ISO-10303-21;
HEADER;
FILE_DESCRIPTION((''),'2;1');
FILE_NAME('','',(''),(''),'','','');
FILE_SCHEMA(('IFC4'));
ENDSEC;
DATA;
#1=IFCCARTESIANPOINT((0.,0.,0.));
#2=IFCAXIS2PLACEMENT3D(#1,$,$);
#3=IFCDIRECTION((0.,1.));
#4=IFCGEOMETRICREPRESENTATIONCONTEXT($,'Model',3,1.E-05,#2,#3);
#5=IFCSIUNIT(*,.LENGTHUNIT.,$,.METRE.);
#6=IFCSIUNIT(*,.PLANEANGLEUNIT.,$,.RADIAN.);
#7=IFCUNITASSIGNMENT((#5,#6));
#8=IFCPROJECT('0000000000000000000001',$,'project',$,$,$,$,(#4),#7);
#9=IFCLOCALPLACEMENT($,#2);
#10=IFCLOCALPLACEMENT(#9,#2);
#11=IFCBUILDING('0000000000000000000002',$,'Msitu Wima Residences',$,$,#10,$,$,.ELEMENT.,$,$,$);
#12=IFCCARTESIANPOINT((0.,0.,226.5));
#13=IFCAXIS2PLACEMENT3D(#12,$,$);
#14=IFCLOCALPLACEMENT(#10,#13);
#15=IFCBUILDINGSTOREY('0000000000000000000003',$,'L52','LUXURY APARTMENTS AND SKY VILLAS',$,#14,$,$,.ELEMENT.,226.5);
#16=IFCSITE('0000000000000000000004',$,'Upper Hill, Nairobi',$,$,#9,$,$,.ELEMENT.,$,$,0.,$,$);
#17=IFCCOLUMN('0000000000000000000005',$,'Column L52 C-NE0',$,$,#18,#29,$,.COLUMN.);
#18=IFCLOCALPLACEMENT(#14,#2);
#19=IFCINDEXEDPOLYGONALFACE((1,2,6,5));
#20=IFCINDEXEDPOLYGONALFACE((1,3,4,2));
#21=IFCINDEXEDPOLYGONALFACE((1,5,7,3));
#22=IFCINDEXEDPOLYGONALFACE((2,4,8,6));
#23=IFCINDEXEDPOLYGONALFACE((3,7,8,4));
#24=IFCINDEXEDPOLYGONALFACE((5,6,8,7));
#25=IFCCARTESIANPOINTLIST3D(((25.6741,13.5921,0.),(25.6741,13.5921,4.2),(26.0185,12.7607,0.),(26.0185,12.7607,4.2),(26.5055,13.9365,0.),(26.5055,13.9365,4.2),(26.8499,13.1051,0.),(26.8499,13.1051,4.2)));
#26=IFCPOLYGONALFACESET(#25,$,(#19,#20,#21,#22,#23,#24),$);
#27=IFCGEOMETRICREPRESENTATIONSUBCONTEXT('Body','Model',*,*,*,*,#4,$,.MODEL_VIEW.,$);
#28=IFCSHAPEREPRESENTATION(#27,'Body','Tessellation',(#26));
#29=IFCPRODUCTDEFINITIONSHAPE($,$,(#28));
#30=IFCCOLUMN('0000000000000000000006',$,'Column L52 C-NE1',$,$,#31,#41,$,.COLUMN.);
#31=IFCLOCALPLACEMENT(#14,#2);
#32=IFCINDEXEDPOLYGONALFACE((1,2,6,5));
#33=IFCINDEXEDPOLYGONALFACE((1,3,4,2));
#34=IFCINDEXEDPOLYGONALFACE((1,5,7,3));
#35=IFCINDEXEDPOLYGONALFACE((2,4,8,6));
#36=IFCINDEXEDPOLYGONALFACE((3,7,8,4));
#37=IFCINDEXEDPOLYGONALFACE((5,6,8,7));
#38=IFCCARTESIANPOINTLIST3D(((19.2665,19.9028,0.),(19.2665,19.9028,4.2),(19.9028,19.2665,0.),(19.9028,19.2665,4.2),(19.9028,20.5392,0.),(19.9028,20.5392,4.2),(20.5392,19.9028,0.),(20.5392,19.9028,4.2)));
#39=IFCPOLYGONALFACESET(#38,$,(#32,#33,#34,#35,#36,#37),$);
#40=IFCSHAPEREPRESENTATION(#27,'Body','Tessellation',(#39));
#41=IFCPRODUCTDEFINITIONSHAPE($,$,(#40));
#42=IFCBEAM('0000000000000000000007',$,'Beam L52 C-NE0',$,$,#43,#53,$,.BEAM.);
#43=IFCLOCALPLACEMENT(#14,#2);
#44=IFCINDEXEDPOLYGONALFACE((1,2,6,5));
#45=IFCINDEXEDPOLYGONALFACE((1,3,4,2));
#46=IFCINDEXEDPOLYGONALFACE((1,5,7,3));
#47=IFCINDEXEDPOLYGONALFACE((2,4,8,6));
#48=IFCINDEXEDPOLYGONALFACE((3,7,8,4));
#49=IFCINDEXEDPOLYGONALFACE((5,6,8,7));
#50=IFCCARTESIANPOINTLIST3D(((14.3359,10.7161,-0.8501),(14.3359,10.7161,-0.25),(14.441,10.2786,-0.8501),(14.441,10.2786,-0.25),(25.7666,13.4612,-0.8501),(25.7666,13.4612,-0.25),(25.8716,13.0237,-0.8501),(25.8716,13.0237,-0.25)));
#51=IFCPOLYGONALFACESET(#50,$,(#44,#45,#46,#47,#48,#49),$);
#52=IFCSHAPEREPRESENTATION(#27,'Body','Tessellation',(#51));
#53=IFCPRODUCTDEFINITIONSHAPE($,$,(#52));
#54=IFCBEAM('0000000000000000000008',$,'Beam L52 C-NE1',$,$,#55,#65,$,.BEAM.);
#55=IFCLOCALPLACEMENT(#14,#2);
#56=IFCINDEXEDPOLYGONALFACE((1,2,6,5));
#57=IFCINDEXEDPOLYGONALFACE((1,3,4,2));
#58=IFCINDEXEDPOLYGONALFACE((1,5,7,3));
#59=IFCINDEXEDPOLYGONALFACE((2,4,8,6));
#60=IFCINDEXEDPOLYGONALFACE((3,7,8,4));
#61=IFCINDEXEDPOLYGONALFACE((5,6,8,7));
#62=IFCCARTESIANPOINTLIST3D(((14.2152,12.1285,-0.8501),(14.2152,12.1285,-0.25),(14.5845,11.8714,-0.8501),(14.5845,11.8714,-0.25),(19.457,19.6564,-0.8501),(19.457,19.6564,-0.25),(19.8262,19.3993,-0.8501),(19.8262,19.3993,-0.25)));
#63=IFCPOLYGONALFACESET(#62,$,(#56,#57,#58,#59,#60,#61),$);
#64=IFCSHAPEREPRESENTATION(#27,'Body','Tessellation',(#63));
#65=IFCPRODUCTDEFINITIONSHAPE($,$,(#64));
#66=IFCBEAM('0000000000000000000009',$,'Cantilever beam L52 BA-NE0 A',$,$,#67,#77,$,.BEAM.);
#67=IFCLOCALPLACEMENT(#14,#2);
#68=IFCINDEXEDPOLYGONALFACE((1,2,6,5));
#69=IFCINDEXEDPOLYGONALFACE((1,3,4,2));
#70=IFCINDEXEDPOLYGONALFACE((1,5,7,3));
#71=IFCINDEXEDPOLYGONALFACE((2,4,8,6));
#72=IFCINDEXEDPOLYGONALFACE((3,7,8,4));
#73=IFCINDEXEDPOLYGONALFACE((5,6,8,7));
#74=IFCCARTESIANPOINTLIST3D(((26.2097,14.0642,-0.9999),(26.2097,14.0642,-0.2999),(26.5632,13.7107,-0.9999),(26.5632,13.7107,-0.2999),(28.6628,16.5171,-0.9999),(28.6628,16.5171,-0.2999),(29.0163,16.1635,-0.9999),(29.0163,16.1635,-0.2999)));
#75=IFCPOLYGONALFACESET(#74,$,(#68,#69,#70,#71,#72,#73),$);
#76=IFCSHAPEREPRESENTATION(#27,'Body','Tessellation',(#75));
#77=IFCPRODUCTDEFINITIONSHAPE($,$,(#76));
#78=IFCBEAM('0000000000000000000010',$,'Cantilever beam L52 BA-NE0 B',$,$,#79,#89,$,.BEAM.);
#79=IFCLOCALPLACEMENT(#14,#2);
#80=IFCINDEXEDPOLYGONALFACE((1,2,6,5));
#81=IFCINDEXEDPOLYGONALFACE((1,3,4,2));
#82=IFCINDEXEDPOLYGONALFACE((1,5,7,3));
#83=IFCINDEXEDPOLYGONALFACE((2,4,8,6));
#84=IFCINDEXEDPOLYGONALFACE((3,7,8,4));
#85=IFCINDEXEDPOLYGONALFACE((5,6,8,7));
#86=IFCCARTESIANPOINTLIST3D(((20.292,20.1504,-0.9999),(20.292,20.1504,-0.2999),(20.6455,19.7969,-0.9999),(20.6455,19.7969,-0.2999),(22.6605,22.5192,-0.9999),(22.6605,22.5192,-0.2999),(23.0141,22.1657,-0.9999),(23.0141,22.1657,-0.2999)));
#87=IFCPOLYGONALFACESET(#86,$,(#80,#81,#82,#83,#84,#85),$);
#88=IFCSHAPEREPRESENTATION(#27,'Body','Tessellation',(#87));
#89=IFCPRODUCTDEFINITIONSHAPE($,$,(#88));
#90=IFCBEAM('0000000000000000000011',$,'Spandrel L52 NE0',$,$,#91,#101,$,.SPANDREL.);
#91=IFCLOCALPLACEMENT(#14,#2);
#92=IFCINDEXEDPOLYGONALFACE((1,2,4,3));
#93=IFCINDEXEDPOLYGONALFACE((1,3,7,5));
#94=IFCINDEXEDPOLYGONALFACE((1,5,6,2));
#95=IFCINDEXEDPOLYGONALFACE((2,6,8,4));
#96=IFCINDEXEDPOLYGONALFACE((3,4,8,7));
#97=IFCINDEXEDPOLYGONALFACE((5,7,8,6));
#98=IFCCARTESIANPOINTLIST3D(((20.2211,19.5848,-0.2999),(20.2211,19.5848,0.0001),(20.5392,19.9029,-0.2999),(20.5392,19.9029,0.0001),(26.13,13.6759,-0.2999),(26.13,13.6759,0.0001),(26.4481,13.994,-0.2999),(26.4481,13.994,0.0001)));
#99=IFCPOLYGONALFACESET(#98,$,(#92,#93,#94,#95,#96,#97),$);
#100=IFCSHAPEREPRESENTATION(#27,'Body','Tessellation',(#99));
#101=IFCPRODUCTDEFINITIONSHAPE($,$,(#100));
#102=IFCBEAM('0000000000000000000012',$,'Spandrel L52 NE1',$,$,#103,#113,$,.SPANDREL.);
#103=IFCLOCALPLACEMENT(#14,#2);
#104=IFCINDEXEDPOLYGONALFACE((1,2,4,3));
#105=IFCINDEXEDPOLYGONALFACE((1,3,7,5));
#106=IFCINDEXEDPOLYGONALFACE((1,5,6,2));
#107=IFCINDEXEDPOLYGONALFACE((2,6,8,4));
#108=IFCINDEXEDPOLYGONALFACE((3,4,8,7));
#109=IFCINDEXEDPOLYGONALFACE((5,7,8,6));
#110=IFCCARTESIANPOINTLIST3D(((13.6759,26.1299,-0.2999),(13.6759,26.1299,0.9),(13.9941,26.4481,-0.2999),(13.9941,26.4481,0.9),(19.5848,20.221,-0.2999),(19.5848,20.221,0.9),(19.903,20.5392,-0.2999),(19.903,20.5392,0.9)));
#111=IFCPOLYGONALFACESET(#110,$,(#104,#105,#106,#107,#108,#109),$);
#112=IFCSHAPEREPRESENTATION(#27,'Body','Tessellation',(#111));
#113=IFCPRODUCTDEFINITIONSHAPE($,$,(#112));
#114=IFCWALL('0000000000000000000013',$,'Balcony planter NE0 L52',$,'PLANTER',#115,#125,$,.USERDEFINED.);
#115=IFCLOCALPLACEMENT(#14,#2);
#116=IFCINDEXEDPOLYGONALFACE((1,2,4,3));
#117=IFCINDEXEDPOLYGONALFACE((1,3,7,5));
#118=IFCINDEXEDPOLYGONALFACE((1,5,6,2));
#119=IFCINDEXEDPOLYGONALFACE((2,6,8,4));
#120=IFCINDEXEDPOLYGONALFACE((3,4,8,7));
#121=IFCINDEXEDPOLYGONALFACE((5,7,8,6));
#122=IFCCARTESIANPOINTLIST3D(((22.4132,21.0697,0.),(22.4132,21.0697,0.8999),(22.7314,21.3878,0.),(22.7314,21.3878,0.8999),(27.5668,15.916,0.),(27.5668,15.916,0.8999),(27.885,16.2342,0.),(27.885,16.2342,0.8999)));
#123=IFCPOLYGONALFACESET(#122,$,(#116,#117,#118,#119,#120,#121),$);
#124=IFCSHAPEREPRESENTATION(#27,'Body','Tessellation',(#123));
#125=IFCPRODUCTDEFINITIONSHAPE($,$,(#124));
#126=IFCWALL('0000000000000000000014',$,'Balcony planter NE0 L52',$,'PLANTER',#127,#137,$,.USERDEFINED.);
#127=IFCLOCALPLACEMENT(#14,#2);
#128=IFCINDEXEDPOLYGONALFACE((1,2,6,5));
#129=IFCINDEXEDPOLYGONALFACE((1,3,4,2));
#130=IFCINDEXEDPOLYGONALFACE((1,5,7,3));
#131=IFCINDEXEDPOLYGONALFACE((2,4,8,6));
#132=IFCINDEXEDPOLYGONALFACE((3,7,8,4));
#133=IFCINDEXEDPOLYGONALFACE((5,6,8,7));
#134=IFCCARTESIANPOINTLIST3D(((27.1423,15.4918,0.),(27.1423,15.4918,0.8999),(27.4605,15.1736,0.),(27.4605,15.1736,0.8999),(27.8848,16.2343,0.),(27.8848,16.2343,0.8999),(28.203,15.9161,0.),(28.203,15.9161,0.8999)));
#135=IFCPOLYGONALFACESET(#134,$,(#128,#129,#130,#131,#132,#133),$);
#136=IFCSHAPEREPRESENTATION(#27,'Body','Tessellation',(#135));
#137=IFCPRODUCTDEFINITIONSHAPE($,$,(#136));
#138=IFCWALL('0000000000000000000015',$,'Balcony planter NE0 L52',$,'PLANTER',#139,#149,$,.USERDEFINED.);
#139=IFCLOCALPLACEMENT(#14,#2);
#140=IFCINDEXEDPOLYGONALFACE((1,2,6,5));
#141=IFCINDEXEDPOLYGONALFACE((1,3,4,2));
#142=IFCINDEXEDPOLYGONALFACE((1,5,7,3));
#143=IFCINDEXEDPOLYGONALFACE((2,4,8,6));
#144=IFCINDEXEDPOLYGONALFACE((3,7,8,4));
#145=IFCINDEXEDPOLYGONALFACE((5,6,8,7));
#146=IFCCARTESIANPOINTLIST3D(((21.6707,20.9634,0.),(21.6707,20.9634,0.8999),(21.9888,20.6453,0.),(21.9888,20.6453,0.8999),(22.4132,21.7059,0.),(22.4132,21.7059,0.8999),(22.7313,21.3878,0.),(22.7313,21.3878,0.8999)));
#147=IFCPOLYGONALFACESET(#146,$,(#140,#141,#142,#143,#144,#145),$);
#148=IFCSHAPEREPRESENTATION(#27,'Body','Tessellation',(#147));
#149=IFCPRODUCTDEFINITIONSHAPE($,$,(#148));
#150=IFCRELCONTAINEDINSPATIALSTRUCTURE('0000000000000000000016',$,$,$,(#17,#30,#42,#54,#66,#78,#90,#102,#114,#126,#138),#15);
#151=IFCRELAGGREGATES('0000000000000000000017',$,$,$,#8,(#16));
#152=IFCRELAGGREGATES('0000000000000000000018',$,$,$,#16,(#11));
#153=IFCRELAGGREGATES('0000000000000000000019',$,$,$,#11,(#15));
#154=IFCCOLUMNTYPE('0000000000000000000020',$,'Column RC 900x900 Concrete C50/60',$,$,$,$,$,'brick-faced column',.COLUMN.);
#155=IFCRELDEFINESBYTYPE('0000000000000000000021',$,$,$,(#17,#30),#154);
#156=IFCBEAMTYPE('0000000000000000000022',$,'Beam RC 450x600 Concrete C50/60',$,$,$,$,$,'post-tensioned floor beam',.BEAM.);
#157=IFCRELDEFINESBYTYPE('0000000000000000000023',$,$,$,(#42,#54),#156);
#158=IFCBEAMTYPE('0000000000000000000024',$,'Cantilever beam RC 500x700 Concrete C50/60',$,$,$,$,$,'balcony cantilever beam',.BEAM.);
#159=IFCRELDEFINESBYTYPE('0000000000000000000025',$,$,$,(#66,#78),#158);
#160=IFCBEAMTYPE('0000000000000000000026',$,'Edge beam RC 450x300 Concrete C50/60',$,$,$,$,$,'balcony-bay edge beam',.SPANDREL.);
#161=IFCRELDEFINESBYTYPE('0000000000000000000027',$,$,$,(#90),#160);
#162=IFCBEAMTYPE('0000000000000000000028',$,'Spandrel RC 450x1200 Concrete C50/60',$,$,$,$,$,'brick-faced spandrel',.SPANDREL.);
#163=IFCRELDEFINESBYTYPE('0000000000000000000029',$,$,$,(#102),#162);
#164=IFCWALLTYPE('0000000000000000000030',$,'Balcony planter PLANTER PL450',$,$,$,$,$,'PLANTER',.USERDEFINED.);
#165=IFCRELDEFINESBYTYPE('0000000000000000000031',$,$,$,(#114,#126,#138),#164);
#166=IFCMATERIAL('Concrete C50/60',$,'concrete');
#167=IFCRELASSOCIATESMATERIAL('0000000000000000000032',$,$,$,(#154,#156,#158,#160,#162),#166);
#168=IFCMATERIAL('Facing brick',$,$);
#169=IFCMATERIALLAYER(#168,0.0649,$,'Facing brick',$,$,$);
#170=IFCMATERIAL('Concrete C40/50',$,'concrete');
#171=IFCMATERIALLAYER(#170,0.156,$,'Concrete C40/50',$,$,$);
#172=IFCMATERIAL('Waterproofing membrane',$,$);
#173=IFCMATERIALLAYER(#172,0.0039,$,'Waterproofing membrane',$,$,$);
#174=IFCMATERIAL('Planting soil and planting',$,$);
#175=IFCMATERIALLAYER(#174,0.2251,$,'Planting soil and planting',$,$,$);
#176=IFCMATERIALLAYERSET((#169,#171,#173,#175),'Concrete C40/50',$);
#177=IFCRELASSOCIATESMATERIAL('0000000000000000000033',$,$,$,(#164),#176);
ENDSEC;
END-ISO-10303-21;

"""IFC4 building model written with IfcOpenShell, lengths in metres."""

from ifc_helpers import new_model, si_unit, direction, frame, frame_2d, origin, origin_2d, place, context, subcontext, project, spatial, rectangle, extrude, material, layer, layer_set, material_profile, profile_set, type_object, element, save


model = new_model("IFC4")

# Units and contexts
model_context = context("Model", 3, precision=1e-05, world=origin(), true_north=direction((0.0, 1.0)))
body_context = subcontext(model_context, "Body", "Model", "MODEL_VIEW")
ifc_project = project(units=[si_unit("LENGTHUNIT", "METRE"), si_unit("PLANEANGLEUNIT", "RADIAN")], contexts=[model_context])

# Site, building, storey
site_placement = place(None, origin())
site = spatial("IfcSite", under=ifc_project, at=site_placement, Name="Upper Hill, Nairobi", CompositionType="ELEMENT", RefElevation=0.0)
building_placement = place(site_placement, origin())
building = spatial("IfcBuilding", under=site, at=building_placement, Name="Msitu Wima Residences", CompositionType="ELEMENT")
storey_placement = place(building_placement, frame((0.0, 0.0, 226.5)))
storey = spatial("IfcBuildingStorey", under=building, at=storey_placement, Name="L52", Description="LUXURY APARTMENTS AND SKY VILLAS", CompositionType="ELEMENT", Elevation=226.5)

# Columns
ifc_material_1 = material(Name="Concrete C50/60", Category="concrete")
ifc_material_profile_1 = material_profile(ifc_material_1, rectangle(XDim=0.8999, YDim=0.8999, at=origin_2d()), Name="RC 900x900")
ifc_profile_set_1 = profile_set([ifc_material_profile_1], Name="Concrete C50/60")
column_type = type_object("IfcColumnType", Name="Column RC 900x900 Concrete C50/60", ElementType="brick-faced column", PredefinedType="COLUMN", material=ifc_profile_set_1)
for number, where, z_axis, x_axis, name in (
    (1, (26.262, 13.3486, 0.0), (0.0, 0.0, 1.0), (-0.382683, 0.92388, 0.0), "Column L52 C-NE0"),
    (2, (19.9028, 19.9028, 0.0), (0.0, 0.0, 1.0), (-0.707107, 0.707107, 0.0), "Column L52 C-NE1"),
):
    element("IfcColumn", number, at=place(storey_placement, frame(where, z_axis=z_axis, x_axis=x_axis)), inside=storey, type_object=column_type, Name=name, PredefinedType="COLUMN", context=body_context, shape_type="SweptSolid", body=[
        extrude(rectangle(XDim=0.8999, YDim=0.8999, at=origin_2d()), origin(), (0.0, 0.0, 1.0), 4.2),
    ])

# Beams
ifc_material_profile_2 = material_profile(ifc_material_1, rectangle(XDim=0.45, YDim=0.6001, at=origin_2d()), Name="RC 450x600")
ifc_profile_set_2 = profile_set([ifc_material_profile_2], Name="Concrete C50/60")
beam_type_1 = type_object("IfcBeamType", Name="Beam RC 450x600 Concrete C50/60", ElementType="post-tensioned floor beam", PredefinedType="BEAM", material=ifc_profile_set_2)
beam_1_placement = place(storey_placement, frame((25.8191, 13.2424, -0.55), z_axis=(-0.972353, -0.233514, 0.0), x_axis=(0.233514, -0.972353, 0.0)))
element("IfcBeam", 3, at=beam_1_placement, inside=storey, type_object=beam_type_1, Name="Beam L52 C-NE0", PredefinedType="BEAM", context=body_context, shape_type="SweptSolid", body=[
    extrude(rectangle(XDim=0.45, YDim=0.6001, at=origin_2d()), origin(), (0.0, 0.0, 1.0), 11.7556),
])
beam_2_placement = place(storey_placement, frame((19.6416, 19.5278, -0.55), z_axis=(-0.571428, -0.820652, 0.0), x_axis=(0.820652, -0.571428, 0.0)))
element("IfcBeam", 4, at=beam_2_placement, inside=storey, type_object=beam_type_1, Name="Beam L52 C-NE1", PredefinedType="BEAM", context=body_context, shape_type="SweptSolid", body=[
    extrude(rectangle(XDim=0.45, YDim=0.6001, at=origin_2d()), origin(), (0.0, 0.0, 1.0), 9.1731),
])
ifc_material_profile_3 = material_profile(ifc_material_1, rectangle(XDim=0.5, YDim=0.7, at=origin_2d()), Name="RC 500x700")
ifc_profile_set_3 = profile_set([ifc_material_profile_3], Name="Concrete C50/60")
beam_type_2 = type_object("IfcBeamType", Name="Cantilever beam RC 500x700 Concrete C50/60", ElementType="balcony cantilever beam", PredefinedType="BEAM", material=ifc_profile_set_3)
beam_3_placement = place(storey_placement, frame((26.3865, 13.8875, -0.6499), z_axis=(0.707142, 0.707072, 0.0), x_axis=(-0.707072, 0.707142, 0.0)))
element("IfcBeam", 5, at=beam_3_placement, inside=storey, type_object=beam_type_2, Name="Cantilever beam L52 BA-NE0 A", PredefinedType="BEAM", context=body_context, shape_type="SweptSolid", body=[
    extrude(rectangle(XDim=0.5, YDim=0.7, at=origin_2d()), origin(), (0.0, 0.0, 1.0), 3.469),
])
beam_4_placement = place(storey_placement, frame((20.4688, 19.9736, -0.6499), z_axis=(0.70707, 0.707143, 0.0), x_axis=(-0.707143, 0.70707, 0.0)))
element("IfcBeam", 6, at=beam_4_placement, inside=storey, type_object=beam_type_2, Name="Cantilever beam L52 BA-NE0 B", PredefinedType="BEAM", context=body_context, shape_type="SweptSolid", body=[
    extrude(rectangle(XDim=0.5, YDim=0.7, at=origin_2d()), origin(), (0.0, 0.0, 1.0), 3.3499),
])
ifc_material_profile_4 = material_profile(ifc_material_1, rectangle(XDim=0.45, YDim=0.3, at=origin_2d()), Name="RC 450x300")
ifc_profile_set_4 = profile_set([ifc_material_profile_4], Name="Concrete C50/60")
beam_type_3 = type_object("IfcBeamType", Name="Edge beam RC 450x300 Concrete C50/60", ElementType="balcony-bay edge beam", PredefinedType="SPANDREL", material=ifc_profile_set_4)
beam_5_placement = place(storey_placement, frame((26.2891, 13.835, -0.1499), z_axis=(-0.707107, 0.707107, 0.0), x_axis=(-0.707107, -0.707107, 0.0)))
element("IfcBeam", 7, at=beam_5_placement, inside=storey, type_object=beam_type_3, Name="Spandrel L52 NE0", PredefinedType="SPANDREL", context=body_context, shape_type="SweptSolid", body=[
    extrude(rectangle(XDim=0.45, YDim=0.3, at=origin_2d()), origin(), (0.0, 0.0, 1.0), 8.3564),
])
ifc_material_profile_5 = material_profile(ifc_material_1, rectangle(XDim=0.45, YDim=1.2, at=origin_2d()), Name="RC 450x1200")
ifc_profile_set_5 = profile_set([ifc_material_profile_5], Name="Concrete C50/60")
beam_type_4 = type_object("IfcBeamType", Name="Spandrel RC 450x1200 Concrete C50/60", ElementType="brick-faced spandrel", PredefinedType="SPANDREL", material=ifc_profile_set_5)
beam_6_placement = place(storey_placement, frame((19.7439, 20.3801, 0.3), z_axis=(-0.707107, 0.707107, 0.0), x_axis=(-0.707107, -0.707107, 0.0)))
element("IfcBeam", 8, at=beam_6_placement, inside=storey, type_object=beam_type_4, Name="Spandrel L52 NE1", PredefinedType="SPANDREL", context=body_context, shape_type="SweptSolid", body=[
    extrude(rectangle(XDim=0.45, YDim=1.2, at=origin_2d()), origin(), (0.0, 0.0, 1.0), 8.3564),
])

# Walls
ifc_material_2 = material(Name="Facing brick")
ifc_layer_1 = layer(ifc_material_2, 0.0649, Name="Facing brick")
ifc_material_3 = material(Name="Concrete C40/50", Category="concrete")
ifc_layer_2 = layer(ifc_material_3, 0.156, Name="Concrete C40/50")
ifc_material_4 = material(Name="Waterproofing membrane")
ifc_layer_3 = layer(ifc_material_4, 0.0039, Name="Waterproofing membrane")
ifc_material_5 = material(Name="Planting soil and planting")
ifc_layer_4 = layer(ifc_material_5, 0.2251, Name="Planting soil and planting")
ifc_layer_set_1 = layer_set([ifc_layer_1, ifc_layer_2, ifc_layer_3, ifc_layer_4], Name="Concrete C40/50")
wall_type_1 = type_object("IfcWallType", Name="Balcony planter PLANTER PL450", ElementType="PLANTER", PredefinedType="USERDEFINED", material=ifc_layer_set_1)
wall_1_placement = place(storey_placement, frame((27.7258, 16.0752, 0.0), z_axis=(0.0, 0.0, 1.0), x_axis=(-0.707107, 0.707107, 0.0)))
element("IfcWall", 9, at=wall_1_placement, inside=storey, type_object=wall_type_1, Name="Balcony planter NE0 L52", ObjectType="PLANTER", PredefinedType="USERDEFINED", context=body_context, shape_type="SweptSolid", body=[
    extrude(rectangle(XDim=7.2883, YDim=0.45, at=frame_2d((3.644, 0.0))), origin(), (0.0, 0.0, 1.0), 0.8999),
])
for number, where, z_axis, x_axis, name in (
    (10, (27.3015, 15.3328, 0.0), (0.0, 0.0, 1.0), (0.707107, 0.707107, 0.0), "Balcony planter NE0 L52"),
    (11, (21.8298, 20.8044, 0.0), (0.0, 0.0, 1.0), (0.707107, 0.707107, 0.0), "Balcony planter NE0 L52"),
):
    element("IfcWall", number, at=place(storey_placement, frame(where, z_axis=z_axis, x_axis=x_axis)), inside=storey, type_object=wall_type_1, Name=name, ObjectType="PLANTER", PredefinedType="USERDEFINED", context=body_context, shape_type="SweptSolid", body=[
        extrude(rectangle(XDim=1.05, YDim=0.45, at=frame_2d((0.5249, 0.0))), origin(), (0.0, 0.0, 1.0), 0.8999),
    ])

save(model, "model.ifc")
